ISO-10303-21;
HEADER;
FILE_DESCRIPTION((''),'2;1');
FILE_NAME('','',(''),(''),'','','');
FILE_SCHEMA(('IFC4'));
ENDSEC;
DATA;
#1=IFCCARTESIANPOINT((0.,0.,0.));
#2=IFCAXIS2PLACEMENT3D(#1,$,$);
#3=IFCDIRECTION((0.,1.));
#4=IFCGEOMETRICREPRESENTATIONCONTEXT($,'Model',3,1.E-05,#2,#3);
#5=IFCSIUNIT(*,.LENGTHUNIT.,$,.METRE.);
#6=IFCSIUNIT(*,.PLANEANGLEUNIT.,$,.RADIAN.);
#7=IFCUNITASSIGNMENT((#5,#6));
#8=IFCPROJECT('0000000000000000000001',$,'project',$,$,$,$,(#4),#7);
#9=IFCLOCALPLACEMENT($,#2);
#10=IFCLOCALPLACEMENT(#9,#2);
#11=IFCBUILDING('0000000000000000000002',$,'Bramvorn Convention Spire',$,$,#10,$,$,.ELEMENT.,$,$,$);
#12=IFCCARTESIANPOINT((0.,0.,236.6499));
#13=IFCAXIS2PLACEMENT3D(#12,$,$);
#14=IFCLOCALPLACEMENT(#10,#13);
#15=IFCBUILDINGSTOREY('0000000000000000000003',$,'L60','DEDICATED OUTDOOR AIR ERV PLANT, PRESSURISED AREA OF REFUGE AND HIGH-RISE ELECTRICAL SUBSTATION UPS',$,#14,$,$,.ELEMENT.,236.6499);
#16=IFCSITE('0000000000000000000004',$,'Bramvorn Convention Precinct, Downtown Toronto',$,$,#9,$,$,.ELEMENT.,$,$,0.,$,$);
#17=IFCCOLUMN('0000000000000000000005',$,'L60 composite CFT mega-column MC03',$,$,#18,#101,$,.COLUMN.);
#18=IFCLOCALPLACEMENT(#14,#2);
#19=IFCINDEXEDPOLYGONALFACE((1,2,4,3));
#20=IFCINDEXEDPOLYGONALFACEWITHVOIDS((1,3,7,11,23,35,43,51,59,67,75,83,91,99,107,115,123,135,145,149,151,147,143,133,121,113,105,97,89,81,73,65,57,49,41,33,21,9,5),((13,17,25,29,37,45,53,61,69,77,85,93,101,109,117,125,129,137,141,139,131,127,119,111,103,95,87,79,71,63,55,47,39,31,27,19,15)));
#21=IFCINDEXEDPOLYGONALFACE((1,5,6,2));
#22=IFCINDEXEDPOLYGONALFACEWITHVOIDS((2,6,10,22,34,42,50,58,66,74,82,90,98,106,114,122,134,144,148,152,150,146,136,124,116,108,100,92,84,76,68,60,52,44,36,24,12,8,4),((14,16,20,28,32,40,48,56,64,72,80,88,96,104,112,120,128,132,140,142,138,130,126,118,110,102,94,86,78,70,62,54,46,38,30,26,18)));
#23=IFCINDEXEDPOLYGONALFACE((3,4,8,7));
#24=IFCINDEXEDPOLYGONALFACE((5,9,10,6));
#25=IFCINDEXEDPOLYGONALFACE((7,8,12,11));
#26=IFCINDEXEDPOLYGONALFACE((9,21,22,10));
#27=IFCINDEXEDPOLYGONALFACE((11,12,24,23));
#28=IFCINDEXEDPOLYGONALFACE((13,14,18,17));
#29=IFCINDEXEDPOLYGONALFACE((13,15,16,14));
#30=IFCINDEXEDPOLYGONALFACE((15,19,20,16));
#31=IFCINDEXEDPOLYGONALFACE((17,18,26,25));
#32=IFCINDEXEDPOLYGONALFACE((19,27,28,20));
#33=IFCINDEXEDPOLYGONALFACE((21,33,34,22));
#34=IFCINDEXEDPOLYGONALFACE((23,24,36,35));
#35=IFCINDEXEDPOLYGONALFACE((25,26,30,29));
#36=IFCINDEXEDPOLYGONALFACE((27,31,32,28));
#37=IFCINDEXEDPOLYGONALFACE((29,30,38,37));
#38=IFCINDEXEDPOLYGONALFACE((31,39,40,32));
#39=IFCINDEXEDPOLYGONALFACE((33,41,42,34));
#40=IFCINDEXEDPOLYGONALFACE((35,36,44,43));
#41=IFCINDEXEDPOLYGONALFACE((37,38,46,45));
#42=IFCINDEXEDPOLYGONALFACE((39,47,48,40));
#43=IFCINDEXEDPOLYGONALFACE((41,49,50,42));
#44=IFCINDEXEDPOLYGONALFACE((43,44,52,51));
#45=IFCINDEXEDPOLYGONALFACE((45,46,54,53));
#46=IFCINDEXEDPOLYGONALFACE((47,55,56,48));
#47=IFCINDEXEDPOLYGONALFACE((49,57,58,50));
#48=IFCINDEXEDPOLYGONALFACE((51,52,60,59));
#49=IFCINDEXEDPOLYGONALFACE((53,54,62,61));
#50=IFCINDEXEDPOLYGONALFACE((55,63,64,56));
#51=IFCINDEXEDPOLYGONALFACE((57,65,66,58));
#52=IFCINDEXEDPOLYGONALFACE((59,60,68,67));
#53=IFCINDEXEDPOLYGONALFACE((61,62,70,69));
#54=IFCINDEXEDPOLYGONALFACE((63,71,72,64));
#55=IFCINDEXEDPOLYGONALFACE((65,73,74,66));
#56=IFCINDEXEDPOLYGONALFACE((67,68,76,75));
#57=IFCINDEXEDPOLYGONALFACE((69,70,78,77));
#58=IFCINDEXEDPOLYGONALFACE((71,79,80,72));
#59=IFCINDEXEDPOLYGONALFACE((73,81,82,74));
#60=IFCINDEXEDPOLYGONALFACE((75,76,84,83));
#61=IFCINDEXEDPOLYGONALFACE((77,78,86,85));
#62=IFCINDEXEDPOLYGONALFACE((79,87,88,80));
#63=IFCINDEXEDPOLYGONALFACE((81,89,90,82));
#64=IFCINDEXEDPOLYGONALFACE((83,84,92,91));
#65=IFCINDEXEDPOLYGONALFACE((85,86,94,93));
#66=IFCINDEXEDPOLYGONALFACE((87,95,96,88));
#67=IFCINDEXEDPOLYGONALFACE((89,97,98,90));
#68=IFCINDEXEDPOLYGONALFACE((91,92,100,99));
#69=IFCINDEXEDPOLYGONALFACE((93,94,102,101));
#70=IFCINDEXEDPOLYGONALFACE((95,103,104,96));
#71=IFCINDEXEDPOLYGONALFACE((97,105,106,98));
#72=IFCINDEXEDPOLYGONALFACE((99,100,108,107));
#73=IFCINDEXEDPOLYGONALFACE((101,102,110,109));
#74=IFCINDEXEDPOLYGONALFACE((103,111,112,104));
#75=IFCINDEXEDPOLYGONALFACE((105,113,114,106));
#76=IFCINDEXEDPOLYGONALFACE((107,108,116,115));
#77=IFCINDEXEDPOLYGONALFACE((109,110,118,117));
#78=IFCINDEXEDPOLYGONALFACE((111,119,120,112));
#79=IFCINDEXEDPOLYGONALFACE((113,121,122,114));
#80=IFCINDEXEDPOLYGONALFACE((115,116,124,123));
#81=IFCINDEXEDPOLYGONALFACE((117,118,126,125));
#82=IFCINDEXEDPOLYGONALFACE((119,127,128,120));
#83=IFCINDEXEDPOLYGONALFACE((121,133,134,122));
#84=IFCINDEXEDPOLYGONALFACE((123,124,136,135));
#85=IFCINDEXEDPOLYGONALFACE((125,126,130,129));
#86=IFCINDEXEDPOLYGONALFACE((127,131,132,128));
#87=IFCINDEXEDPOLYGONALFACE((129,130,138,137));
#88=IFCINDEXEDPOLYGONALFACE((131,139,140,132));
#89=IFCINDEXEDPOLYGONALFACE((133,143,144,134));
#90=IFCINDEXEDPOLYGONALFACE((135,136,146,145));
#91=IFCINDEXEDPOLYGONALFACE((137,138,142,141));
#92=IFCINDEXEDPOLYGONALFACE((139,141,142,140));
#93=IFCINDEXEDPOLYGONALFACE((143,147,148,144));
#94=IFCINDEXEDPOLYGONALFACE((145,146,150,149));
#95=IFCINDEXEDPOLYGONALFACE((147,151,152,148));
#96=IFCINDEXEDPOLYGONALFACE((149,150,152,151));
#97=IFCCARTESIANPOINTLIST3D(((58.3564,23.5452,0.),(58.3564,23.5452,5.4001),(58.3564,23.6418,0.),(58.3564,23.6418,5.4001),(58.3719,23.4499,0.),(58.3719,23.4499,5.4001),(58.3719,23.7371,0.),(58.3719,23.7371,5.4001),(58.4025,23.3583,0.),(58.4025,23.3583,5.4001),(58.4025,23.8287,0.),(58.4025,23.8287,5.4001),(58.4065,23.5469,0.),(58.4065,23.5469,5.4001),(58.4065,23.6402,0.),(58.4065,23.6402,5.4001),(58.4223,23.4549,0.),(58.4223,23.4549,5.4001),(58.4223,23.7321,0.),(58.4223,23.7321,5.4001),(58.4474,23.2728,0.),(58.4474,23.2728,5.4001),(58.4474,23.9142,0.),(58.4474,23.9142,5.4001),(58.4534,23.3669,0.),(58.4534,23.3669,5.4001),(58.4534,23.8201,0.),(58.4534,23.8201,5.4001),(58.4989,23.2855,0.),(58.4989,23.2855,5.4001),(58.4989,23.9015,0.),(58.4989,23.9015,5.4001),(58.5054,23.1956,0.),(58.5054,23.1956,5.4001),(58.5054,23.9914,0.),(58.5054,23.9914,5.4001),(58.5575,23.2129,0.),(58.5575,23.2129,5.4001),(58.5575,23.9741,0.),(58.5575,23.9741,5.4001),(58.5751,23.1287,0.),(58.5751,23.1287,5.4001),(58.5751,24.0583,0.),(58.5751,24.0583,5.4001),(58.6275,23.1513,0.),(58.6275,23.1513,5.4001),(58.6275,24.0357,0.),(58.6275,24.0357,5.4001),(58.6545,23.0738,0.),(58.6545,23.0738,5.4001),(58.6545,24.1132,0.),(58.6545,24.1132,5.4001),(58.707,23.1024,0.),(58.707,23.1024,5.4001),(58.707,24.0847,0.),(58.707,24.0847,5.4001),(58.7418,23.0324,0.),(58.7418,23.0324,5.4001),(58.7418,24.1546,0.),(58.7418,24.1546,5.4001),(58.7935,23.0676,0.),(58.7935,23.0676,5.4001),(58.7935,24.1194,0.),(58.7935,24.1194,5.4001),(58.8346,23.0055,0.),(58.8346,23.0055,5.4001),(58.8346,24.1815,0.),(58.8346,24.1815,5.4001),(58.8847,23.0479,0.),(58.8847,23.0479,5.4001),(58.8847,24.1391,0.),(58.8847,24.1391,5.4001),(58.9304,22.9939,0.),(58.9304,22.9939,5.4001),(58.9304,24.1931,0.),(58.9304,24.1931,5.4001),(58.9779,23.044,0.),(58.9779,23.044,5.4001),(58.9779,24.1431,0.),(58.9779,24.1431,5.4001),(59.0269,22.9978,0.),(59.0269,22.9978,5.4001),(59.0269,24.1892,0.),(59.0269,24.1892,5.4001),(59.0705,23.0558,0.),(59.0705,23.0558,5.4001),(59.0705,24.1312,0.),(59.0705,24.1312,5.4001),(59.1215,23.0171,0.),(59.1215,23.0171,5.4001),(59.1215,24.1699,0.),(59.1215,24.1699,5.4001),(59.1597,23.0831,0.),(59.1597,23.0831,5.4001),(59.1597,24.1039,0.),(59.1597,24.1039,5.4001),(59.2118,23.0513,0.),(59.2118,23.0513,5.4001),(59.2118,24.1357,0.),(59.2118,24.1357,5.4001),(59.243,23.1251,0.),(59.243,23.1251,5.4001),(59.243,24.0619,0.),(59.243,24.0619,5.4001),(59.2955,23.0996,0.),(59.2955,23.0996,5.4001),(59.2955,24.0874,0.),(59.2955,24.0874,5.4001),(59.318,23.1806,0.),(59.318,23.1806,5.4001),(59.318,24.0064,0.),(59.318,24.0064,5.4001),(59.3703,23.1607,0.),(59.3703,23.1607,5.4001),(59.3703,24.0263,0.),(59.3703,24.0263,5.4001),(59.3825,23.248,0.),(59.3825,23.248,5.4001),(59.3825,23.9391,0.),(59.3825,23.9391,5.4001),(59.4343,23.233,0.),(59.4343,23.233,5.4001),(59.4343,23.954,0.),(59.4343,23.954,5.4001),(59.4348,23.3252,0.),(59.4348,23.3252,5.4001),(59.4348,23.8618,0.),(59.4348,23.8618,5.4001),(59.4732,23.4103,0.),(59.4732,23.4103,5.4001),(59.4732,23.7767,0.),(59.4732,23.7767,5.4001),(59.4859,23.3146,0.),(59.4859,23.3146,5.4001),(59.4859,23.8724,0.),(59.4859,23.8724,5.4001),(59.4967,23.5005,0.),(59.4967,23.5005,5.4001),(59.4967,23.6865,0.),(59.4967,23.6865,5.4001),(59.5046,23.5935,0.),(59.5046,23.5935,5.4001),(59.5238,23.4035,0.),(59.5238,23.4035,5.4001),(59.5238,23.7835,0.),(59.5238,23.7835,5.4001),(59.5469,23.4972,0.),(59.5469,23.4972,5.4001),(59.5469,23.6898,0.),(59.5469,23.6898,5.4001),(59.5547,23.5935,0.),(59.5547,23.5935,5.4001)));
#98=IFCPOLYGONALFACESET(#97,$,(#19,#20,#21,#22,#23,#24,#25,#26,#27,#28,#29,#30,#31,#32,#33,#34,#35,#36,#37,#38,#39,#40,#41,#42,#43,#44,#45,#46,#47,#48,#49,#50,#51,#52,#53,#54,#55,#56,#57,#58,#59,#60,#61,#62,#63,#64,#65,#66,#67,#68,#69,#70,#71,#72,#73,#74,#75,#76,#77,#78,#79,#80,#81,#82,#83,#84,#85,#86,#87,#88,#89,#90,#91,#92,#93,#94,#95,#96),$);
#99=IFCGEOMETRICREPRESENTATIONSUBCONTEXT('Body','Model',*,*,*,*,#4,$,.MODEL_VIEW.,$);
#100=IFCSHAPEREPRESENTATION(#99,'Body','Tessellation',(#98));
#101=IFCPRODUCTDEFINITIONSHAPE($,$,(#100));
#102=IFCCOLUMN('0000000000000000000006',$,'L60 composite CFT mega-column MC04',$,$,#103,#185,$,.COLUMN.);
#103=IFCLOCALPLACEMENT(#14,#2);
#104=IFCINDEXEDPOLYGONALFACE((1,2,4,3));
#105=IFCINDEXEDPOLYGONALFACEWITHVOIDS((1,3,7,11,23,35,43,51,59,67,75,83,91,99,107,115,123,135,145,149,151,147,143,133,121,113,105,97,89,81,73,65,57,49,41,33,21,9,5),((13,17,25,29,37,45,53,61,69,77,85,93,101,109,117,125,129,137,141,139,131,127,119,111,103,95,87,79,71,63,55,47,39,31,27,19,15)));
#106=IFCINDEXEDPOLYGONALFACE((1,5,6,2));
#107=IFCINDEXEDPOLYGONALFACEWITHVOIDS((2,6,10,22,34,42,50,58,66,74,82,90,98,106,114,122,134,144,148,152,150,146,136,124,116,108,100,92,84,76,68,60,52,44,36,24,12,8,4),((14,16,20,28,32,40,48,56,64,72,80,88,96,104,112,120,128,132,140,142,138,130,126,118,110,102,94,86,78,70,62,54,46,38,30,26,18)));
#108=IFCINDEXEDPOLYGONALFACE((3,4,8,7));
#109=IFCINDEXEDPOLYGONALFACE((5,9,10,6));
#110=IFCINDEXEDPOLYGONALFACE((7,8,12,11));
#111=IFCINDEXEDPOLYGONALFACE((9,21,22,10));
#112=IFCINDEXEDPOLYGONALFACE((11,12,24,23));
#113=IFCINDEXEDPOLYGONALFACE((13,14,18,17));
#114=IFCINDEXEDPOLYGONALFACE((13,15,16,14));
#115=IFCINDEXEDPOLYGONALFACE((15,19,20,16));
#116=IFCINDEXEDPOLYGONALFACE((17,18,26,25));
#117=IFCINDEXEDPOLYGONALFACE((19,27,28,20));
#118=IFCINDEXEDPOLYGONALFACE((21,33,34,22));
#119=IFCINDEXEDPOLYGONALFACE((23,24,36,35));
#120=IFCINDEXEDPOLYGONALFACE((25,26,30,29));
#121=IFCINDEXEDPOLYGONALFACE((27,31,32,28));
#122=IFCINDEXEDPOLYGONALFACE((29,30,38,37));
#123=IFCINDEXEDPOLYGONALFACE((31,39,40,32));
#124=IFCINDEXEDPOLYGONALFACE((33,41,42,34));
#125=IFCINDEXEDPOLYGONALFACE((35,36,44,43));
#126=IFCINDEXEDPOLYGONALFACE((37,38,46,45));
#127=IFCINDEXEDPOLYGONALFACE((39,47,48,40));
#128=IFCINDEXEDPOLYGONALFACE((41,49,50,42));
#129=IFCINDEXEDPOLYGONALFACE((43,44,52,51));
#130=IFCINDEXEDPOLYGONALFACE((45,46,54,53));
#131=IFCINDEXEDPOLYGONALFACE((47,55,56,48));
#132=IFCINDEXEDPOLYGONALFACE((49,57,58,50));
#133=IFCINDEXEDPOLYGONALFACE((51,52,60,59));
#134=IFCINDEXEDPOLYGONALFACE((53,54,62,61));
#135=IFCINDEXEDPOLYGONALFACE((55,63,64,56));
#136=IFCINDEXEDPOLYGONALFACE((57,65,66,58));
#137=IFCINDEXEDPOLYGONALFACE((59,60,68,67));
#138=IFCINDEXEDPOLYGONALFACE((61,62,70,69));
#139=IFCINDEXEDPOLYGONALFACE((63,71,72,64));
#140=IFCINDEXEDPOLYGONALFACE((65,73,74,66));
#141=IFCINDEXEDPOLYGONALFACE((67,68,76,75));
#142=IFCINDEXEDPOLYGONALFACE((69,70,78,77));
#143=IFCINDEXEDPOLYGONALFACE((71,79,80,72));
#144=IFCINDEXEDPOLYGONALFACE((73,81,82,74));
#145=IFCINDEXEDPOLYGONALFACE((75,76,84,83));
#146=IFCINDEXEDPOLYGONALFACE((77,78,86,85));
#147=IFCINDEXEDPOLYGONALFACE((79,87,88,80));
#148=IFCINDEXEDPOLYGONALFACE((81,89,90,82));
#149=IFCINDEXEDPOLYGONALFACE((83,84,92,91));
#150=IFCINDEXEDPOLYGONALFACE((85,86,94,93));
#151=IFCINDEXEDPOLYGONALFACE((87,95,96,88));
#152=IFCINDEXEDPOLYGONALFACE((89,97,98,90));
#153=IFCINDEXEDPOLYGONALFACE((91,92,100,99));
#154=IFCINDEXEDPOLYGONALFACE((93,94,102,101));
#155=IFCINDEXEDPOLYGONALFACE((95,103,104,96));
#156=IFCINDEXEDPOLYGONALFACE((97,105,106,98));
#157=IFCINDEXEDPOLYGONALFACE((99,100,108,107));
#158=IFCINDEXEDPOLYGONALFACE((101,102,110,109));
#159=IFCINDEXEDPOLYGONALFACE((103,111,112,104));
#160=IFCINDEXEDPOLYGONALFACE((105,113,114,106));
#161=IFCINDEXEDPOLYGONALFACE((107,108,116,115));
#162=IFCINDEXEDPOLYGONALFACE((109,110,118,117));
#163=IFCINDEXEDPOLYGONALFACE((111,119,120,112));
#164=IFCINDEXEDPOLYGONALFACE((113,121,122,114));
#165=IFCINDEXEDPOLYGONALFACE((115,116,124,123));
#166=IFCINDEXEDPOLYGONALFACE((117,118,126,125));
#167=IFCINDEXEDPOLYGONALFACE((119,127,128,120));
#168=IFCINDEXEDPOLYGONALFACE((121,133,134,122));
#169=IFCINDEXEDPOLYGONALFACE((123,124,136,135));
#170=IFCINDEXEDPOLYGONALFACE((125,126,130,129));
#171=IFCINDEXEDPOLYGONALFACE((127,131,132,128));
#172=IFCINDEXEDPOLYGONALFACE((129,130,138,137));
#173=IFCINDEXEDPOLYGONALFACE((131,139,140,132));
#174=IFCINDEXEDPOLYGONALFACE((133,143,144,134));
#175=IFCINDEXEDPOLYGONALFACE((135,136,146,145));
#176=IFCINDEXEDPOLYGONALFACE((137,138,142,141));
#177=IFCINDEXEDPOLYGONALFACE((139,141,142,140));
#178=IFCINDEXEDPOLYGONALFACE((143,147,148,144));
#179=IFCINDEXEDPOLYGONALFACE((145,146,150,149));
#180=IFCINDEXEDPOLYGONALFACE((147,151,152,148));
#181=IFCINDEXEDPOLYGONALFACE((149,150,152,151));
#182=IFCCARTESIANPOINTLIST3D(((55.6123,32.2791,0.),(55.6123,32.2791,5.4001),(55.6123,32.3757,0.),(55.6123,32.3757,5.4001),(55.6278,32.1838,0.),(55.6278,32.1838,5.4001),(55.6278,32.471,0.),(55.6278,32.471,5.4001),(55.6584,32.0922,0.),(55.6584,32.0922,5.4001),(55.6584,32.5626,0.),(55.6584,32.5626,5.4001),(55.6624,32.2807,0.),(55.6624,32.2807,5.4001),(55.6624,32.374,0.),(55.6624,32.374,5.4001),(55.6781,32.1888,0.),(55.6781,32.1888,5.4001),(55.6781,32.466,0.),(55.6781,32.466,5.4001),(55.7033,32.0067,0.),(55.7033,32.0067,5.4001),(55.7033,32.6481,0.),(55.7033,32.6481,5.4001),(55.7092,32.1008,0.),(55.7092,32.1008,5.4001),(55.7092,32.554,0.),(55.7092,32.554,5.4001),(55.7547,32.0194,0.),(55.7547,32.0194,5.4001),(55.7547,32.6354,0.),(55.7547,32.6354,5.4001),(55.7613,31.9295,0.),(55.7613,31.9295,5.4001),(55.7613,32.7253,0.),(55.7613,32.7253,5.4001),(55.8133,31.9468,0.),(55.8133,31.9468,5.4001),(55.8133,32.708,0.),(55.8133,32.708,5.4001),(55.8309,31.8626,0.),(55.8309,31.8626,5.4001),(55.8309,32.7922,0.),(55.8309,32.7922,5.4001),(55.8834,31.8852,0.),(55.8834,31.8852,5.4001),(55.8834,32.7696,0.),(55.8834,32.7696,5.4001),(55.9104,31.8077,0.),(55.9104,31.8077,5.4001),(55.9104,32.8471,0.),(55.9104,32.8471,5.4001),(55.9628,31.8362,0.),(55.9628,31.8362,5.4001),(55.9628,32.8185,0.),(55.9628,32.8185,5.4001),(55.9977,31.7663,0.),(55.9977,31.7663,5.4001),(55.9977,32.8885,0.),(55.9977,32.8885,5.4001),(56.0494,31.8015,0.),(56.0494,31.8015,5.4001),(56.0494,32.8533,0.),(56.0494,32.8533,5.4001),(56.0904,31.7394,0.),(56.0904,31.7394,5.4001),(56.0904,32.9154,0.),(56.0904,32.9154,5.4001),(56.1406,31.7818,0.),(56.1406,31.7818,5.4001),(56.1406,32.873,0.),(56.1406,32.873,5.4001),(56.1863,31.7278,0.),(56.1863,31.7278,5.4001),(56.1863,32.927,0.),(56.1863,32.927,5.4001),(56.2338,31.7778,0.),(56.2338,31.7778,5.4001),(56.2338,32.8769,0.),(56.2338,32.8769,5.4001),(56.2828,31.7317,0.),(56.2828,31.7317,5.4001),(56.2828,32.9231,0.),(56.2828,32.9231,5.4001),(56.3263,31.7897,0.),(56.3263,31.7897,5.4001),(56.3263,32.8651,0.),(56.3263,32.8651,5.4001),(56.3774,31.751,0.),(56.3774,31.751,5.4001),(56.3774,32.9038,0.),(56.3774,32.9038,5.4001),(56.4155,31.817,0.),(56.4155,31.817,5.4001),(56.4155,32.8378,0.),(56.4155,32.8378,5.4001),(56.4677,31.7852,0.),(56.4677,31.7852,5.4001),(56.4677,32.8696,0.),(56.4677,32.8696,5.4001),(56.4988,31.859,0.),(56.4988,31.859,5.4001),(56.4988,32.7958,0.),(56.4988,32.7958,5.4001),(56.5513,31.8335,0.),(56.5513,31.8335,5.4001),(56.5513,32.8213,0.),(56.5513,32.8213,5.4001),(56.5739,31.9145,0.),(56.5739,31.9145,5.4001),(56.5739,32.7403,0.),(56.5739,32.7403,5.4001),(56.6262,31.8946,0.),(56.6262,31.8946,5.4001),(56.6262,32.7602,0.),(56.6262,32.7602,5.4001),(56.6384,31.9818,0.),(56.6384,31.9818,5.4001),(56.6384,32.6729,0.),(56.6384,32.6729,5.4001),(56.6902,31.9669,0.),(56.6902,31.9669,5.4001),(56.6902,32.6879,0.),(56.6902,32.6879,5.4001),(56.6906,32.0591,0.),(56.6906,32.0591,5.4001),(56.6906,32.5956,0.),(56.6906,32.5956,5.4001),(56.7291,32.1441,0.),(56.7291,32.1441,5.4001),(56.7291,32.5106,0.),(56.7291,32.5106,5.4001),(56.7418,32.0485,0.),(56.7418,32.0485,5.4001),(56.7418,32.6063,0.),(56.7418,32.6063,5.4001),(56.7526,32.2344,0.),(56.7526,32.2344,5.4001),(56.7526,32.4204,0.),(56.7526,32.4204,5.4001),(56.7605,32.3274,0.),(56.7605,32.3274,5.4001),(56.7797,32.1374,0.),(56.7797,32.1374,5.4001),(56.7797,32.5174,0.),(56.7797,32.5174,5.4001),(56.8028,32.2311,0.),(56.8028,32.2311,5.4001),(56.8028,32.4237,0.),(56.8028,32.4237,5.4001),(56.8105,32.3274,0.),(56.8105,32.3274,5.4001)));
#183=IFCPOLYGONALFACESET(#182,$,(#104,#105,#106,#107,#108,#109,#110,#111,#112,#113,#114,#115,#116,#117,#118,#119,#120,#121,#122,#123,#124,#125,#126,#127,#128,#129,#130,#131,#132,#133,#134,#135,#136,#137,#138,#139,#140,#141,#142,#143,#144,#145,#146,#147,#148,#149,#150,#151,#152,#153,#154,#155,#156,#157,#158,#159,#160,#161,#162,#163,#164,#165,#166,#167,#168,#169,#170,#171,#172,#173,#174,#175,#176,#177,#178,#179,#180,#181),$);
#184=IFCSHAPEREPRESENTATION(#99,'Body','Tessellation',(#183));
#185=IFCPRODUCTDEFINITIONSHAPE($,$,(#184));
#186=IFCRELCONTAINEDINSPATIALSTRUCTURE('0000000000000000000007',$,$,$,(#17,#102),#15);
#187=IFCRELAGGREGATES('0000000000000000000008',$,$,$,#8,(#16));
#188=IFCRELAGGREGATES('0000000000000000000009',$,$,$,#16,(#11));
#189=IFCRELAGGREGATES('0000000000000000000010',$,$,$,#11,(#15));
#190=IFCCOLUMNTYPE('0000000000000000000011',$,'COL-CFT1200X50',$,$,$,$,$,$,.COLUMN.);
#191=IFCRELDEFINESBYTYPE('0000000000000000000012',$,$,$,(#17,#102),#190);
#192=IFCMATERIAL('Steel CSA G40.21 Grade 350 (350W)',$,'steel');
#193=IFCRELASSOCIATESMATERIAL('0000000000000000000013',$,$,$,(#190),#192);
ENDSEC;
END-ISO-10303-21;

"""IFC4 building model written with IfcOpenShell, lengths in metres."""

from ifc_helpers import new_model, si_unit, direction, frame, origin, origin_2d, place, context, subcontext, project, spatial, hollow_circle, extrude, material, material_profile, profile_set, type_object, element, save


model = new_model("IFC4")

# Units and contexts
model_context = context("Model", 3, precision=1e-05, world=origin(), true_north=direction((0.0, 1.0)))
body_context = subcontext(model_context, "Body", "Model", "MODEL_VIEW")
ifc_project = project(units=[si_unit("LENGTHUNIT", "METRE"), si_unit("PLANEANGLEUNIT", "RADIAN")], contexts=[model_context])

# Site, building, storey
site_placement = place(None, origin())
site = spatial("IfcSite", under=ifc_project, at=site_placement, Name="Bramvorn Convention Precinct, Downtown Toronto", CompositionType="ELEMENT", RefElevation=0.0)
building_placement = place(site_placement, origin())
building = spatial("IfcBuilding", under=site, at=building_placement, Name="Bramvorn Convention Spire", CompositionType="ELEMENT")
storey_placement = place(building_placement, frame((0.0, 0.0, 236.6499)))
storey = spatial("IfcBuildingStorey", under=building, at=storey_placement, Name="L60", Description="DEDICATED OUTDOOR AIR ERV PLANT, PRESSURISED AREA OF REFUGE AND HIGH-RISE ELECTRICAL SUBSTATION UPS", CompositionType="ELEMENT", Elevation=236.6499)

# Columns
ifc_material_1 = material(Name="Steel CSA G40.21 Grade 350 (350W)", Category="steel")
ifc_material_profile_1 = material_profile(ifc_material_1, hollow_circle(Radius=0.6001, WallThickness=0.05, at=origin_2d()))
ifc_profile_set_1 = profile_set([ifc_material_profile_1], Name="Steel CSA G40.21 Grade 350 (350W) - CFT1200X50")
column_type = type_object("IfcColumnType", Name="COL-CFT1200X50", PredefinedType="COLUMN", material=ifc_profile_set_1)
for number, where, z_axis, x_axis, name in (
    (1, (58.9546, 23.5935, 0.0), (0.0, 0.0, 1.0), (1.0, 0.0, 0.0), "L60 composite CFT mega-column MC03"),
    (2, (56.2104, 32.3274, 0.0), (0.0, 0.0, 1.0), (1.0, 0.0, 0.0), "L60 composite CFT mega-column MC04"),
):
    element("IfcColumn", number, at=place(storey_placement, frame(where, z_axis=z_axis, x_axis=x_axis)), inside=storey, type_object=column_type, Name=name, PredefinedType="COLUMN", context=body_context, shape_type="SweptSolid", body=[
        extrude(hollow_circle(Radius=0.6001, WallThickness=0.05, at=origin_2d()), origin(), (0.0, 0.0, 1.0), 5.4001),
    ])

save(model, "model.ifc")
